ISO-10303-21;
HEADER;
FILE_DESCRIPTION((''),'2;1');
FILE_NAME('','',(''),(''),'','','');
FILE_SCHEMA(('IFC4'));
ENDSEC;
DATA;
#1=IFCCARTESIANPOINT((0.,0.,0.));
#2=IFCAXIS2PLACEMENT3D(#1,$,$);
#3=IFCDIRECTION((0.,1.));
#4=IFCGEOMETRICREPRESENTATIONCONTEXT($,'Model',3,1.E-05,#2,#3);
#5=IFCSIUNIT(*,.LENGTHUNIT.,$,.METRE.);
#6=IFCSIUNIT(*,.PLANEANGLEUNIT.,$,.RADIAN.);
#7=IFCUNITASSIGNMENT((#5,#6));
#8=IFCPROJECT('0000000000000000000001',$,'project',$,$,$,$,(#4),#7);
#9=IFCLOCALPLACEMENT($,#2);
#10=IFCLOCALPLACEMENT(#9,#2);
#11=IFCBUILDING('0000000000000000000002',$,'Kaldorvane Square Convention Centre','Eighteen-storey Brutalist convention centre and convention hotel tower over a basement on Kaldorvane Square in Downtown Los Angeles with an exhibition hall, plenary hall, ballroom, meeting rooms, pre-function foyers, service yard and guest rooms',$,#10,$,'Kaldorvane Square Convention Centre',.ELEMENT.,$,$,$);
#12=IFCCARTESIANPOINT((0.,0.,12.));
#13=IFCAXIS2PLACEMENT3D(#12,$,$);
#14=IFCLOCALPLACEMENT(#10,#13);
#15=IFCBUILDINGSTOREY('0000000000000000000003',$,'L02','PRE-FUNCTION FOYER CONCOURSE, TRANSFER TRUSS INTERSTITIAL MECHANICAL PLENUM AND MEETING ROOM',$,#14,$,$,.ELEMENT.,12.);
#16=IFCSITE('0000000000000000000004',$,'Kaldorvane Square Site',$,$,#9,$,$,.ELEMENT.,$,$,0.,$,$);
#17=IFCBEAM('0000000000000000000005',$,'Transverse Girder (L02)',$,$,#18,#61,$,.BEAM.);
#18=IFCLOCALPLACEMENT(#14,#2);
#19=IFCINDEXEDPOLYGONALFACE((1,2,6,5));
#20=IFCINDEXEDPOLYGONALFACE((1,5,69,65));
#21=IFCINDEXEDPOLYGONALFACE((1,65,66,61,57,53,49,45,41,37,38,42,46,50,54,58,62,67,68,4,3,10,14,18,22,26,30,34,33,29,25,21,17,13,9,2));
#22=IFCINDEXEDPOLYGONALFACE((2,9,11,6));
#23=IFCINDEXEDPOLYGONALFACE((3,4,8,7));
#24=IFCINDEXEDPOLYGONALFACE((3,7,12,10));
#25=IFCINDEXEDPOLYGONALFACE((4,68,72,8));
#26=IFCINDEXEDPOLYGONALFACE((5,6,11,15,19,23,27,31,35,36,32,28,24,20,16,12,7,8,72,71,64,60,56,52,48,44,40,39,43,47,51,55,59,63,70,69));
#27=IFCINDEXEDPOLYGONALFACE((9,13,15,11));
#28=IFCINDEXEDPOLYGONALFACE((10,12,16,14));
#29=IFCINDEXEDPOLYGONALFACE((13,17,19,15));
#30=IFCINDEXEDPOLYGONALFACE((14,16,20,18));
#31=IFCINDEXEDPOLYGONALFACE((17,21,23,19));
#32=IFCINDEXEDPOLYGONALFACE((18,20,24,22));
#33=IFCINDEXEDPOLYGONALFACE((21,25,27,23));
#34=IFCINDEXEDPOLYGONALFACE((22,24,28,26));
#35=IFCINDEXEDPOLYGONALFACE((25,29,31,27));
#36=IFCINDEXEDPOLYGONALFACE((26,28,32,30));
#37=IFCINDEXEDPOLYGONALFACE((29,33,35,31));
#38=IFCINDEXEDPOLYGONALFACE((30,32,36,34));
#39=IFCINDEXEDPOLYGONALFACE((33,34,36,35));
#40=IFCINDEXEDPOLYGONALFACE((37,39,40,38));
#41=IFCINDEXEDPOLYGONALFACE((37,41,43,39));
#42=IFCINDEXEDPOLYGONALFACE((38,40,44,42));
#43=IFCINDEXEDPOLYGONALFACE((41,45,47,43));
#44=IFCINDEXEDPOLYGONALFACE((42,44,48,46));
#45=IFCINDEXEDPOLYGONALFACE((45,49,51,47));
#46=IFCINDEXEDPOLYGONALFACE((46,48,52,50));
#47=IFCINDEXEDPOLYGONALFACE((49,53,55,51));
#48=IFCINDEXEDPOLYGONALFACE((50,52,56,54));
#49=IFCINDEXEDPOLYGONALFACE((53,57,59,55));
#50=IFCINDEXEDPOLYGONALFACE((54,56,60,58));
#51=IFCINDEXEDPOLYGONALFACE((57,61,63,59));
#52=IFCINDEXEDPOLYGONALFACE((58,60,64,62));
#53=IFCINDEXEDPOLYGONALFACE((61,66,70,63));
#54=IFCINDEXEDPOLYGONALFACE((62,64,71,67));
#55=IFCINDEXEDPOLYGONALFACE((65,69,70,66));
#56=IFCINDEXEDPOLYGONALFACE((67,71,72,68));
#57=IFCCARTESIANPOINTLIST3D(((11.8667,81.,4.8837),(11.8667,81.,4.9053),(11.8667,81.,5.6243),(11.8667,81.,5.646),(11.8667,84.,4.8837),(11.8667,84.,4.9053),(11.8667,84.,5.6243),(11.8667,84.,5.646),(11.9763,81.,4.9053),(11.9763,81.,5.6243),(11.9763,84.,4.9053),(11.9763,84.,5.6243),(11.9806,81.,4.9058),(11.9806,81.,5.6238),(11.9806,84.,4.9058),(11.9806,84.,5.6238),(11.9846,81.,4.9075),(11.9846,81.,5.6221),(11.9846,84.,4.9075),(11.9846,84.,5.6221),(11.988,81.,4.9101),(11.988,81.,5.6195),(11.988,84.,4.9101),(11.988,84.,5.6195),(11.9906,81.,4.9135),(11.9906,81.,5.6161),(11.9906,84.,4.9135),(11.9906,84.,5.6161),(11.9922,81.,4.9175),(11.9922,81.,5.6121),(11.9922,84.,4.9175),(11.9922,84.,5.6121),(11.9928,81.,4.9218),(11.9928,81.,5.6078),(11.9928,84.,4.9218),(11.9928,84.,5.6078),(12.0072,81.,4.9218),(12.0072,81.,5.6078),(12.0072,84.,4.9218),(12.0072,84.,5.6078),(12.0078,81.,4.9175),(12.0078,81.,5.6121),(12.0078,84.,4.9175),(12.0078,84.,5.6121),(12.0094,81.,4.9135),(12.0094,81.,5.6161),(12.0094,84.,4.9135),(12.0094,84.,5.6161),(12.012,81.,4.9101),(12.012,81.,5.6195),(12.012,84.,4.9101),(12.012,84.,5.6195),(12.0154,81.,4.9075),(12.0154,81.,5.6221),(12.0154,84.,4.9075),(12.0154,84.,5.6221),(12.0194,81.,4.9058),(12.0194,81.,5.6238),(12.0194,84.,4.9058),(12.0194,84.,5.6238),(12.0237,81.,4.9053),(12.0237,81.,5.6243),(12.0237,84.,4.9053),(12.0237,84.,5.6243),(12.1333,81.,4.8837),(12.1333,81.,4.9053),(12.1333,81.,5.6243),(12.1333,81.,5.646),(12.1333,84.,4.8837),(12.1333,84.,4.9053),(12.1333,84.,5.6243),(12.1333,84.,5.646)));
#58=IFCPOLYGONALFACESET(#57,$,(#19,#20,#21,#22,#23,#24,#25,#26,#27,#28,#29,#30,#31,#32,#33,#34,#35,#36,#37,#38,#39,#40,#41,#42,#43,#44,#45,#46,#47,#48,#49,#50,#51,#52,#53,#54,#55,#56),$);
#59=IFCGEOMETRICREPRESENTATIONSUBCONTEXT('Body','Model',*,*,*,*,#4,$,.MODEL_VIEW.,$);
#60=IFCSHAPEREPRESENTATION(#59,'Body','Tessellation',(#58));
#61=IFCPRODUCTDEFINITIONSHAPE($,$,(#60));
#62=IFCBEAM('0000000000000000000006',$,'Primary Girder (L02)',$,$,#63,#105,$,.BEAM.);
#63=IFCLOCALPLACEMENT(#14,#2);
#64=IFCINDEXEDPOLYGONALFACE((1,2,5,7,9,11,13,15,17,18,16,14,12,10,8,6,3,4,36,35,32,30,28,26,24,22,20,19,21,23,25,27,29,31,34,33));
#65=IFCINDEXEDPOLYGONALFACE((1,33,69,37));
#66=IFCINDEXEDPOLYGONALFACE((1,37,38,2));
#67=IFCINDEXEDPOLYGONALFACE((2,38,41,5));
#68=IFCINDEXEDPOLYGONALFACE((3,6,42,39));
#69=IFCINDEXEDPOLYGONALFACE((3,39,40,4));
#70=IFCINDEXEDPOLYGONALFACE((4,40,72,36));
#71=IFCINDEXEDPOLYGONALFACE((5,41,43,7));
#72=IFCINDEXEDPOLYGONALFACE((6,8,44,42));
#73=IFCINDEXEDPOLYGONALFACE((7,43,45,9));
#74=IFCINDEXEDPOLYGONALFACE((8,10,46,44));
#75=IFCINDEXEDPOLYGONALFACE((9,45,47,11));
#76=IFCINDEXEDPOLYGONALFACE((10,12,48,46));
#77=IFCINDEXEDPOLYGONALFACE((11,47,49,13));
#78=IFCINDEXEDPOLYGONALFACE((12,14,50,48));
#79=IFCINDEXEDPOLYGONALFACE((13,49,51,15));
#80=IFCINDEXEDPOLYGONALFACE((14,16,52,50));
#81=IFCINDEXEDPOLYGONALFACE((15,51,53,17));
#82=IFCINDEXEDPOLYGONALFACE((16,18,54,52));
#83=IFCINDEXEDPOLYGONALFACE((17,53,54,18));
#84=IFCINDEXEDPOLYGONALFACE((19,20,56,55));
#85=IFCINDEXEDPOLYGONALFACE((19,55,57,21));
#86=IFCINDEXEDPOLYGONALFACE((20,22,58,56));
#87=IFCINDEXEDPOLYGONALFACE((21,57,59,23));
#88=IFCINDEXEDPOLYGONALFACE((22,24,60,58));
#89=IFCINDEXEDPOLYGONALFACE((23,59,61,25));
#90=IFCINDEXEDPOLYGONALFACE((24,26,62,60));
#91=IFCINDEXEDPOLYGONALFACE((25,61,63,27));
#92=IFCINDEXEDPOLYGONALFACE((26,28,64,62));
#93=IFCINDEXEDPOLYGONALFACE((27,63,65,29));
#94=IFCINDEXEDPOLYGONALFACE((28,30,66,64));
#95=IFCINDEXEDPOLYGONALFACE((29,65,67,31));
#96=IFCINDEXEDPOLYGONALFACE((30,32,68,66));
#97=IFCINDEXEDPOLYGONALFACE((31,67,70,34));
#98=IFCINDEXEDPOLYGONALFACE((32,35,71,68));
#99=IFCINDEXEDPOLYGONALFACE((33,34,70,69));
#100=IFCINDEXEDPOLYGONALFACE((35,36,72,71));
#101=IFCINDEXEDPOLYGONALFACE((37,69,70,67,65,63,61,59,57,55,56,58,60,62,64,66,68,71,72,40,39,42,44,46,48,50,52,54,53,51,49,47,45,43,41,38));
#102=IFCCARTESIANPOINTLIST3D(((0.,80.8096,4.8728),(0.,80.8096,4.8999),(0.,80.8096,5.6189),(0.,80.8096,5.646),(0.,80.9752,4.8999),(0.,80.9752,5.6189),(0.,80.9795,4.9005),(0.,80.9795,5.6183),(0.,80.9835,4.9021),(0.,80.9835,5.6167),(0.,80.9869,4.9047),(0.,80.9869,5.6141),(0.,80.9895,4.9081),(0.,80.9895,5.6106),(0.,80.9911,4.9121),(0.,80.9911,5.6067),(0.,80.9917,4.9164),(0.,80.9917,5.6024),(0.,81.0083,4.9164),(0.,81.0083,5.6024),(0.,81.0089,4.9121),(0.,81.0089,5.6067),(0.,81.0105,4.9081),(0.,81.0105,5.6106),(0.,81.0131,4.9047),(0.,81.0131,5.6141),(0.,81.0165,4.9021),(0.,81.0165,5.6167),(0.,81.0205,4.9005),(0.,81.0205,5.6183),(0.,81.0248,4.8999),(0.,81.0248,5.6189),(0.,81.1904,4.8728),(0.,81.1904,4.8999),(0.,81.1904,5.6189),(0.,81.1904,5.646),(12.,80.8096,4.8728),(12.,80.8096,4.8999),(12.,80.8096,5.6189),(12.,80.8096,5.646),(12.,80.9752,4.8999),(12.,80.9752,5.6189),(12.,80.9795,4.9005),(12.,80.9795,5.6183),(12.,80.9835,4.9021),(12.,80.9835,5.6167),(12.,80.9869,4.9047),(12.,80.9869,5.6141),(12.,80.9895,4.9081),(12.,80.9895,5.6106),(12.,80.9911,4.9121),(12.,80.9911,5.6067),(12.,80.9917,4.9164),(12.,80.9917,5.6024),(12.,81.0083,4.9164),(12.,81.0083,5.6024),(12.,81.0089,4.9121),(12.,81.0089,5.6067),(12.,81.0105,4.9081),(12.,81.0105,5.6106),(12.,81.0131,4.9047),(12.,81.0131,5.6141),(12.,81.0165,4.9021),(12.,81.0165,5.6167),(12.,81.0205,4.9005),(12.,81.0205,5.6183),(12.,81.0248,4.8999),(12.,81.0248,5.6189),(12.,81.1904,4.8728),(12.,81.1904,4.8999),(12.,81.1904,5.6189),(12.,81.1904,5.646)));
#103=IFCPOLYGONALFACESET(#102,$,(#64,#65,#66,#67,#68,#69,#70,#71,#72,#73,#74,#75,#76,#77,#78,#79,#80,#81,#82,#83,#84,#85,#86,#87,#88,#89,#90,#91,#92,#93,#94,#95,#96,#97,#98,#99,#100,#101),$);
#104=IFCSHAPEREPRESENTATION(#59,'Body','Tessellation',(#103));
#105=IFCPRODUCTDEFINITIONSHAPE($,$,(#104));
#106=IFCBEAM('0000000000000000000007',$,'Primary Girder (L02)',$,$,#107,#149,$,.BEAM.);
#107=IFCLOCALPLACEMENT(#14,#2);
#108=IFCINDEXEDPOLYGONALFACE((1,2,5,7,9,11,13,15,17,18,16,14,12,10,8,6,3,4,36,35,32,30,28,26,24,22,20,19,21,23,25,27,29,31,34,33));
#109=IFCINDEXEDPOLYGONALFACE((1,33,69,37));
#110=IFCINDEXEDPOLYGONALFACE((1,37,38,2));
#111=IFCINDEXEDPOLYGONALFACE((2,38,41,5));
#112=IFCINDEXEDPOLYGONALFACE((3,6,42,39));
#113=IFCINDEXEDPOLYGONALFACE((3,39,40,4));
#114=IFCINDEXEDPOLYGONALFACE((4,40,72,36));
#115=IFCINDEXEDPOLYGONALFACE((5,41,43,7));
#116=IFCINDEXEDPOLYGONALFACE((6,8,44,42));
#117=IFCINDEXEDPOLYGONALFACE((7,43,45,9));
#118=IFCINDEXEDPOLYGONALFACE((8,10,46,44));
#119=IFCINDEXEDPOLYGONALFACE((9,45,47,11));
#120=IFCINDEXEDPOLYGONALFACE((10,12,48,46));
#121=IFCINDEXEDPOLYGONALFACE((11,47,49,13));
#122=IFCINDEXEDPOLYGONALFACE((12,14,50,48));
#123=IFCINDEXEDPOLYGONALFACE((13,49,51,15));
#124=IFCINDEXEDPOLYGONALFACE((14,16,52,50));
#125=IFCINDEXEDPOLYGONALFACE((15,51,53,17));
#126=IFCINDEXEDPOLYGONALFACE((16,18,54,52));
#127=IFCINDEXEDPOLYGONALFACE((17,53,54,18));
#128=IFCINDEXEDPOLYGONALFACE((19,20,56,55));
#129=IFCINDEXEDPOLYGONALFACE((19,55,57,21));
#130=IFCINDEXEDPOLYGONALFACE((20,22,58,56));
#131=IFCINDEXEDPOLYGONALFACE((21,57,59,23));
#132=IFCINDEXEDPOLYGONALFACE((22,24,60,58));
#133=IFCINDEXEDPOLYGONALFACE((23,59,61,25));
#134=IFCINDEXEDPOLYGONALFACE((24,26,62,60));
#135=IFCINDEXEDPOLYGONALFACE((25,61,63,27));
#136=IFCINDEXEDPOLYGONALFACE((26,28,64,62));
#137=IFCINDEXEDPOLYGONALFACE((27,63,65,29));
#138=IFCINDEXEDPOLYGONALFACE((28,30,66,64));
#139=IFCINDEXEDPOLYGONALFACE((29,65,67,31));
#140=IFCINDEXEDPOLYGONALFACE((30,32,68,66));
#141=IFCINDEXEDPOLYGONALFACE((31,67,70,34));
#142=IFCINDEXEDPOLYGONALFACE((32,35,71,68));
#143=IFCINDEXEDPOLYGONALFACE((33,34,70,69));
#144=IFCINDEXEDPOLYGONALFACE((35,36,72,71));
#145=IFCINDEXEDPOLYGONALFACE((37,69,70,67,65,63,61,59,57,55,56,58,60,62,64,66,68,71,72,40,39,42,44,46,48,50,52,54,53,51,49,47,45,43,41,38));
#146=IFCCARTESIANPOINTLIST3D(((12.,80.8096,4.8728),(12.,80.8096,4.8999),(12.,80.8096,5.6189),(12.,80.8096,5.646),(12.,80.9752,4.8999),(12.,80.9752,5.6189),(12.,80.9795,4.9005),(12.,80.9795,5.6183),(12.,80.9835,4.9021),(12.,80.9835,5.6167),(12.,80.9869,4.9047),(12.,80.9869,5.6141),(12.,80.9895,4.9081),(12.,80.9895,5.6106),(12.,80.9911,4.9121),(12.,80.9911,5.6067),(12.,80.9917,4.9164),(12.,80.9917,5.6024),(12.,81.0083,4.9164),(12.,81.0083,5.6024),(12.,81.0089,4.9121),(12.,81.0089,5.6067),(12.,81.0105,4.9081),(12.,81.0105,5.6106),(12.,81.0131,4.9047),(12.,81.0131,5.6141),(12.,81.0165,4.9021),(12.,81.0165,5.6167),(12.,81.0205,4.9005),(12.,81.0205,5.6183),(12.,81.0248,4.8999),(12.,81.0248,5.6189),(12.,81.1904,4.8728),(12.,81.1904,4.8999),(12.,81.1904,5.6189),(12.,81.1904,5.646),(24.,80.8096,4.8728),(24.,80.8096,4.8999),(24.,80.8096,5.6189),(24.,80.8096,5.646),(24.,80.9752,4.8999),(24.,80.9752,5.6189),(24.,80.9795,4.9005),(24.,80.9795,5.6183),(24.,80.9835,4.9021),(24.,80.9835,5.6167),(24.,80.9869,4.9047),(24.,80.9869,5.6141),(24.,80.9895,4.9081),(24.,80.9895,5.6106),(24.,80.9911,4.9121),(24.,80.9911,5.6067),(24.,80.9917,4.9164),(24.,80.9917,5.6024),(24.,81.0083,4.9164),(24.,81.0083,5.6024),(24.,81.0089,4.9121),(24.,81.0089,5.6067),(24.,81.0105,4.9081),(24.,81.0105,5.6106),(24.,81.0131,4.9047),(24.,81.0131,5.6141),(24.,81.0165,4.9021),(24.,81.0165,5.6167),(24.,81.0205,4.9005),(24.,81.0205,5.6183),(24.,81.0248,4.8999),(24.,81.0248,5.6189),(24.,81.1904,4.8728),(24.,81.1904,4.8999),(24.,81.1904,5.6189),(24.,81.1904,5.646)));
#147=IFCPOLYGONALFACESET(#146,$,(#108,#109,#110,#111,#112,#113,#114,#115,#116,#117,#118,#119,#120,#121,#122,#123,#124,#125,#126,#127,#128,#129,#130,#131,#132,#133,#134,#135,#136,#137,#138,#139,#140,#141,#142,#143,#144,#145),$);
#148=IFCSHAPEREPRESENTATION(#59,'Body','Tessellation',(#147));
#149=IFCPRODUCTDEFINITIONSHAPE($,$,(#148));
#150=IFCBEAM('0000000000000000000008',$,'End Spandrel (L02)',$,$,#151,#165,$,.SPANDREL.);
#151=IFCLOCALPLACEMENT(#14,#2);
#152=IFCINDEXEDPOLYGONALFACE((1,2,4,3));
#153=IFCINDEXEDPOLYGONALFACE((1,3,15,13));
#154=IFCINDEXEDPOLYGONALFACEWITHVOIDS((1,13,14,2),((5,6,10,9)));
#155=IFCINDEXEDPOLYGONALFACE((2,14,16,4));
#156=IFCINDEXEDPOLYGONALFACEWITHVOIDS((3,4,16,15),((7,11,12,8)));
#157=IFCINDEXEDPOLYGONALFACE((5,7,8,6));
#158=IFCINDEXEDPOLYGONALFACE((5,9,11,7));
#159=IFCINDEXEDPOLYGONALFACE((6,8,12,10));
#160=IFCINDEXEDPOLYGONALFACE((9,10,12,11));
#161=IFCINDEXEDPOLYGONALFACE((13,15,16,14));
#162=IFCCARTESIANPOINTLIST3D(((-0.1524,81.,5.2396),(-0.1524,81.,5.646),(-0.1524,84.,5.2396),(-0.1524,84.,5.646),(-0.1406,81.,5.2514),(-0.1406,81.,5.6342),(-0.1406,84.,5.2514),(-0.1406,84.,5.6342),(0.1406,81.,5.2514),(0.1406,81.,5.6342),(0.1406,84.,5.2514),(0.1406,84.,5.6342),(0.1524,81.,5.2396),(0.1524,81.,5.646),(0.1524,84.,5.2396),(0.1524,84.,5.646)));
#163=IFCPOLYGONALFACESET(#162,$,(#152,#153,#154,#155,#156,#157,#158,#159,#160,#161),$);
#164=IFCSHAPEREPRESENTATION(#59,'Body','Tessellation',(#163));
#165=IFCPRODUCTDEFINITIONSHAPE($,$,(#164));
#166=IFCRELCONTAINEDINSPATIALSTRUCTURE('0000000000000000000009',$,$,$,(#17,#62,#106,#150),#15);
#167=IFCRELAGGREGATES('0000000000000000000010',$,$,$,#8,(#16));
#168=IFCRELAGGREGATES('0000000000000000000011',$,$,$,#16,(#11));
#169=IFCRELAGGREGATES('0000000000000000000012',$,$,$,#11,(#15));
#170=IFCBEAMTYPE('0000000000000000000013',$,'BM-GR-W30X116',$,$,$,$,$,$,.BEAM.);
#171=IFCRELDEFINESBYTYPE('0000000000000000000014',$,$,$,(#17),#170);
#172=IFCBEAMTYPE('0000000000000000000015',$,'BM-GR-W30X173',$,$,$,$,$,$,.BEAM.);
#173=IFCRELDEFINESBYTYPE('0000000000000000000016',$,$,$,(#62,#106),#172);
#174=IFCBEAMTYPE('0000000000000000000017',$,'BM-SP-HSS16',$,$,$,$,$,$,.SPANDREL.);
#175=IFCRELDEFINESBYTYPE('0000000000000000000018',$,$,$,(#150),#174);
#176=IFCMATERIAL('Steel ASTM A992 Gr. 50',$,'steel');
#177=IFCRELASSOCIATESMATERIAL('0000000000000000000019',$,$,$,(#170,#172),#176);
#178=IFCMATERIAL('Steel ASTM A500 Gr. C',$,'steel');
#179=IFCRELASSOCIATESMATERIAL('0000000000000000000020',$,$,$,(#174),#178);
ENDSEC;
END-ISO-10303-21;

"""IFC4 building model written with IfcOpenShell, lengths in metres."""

from ifc_helpers import new_model, si_unit, direction, frame, origin, origin_2d, place, context, subcontext, project, spatial, hollow_rectangle, i_section, extrude, material, material_profile, profile_set, type_object, element, save


model = new_model("IFC4")

# Units and contexts
model_context = context("Model", 3, precision=1e-05, world=origin(), true_north=direction((0.0, 1.0)))
body_context = subcontext(model_context, "Body", "Model", "MODEL_VIEW")
ifc_project = project(units=[si_unit("LENGTHUNIT", "METRE"), si_unit("PLANEANGLEUNIT", "RADIAN")], contexts=[model_context])

# Site, building, storey
site_placement = place(None, origin())
site = spatial("IfcSite", under=ifc_project, at=site_placement, Name="Kaldorvane Square Site", CompositionType="ELEMENT", RefElevation=0.0)
building_placement = place(site_placement, origin())
building = spatial("IfcBuilding", under=site, at=building_placement, Name="Kaldorvane Square Convention Centre", Description="Eighteen-storey Brutalist convention centre and convention hotel tower over a basement on Kaldorvane Square in Downtown Los Angeles with an exhibition hall, plenary hall, ballroom, meeting rooms, pre-function foyers, service yard and guest rooms", LongName="Kaldorvane Square Convention Centre", CompositionType="ELEMENT")
storey_placement = place(building_placement, frame((0.0, 0.0, 12.0)))
storey = spatial("IfcBuildingStorey", under=building, at=storey_placement, Name="L02", Description="PRE-FUNCTION FOYER CONCOURSE, TRANSFER TRUSS INTERSTITIAL MECHANICAL PLENUM AND MEETING ROOM", CompositionType="ELEMENT", Elevation=12.0)

# Shared definitions
ifc_material_1 = material(Name="Steel ASTM A992 Gr. 50", Category="steel")

# Beams
ifc_material_profile_1 = material_profile(ifc_material_1, i_section(OverallWidth=0.2666, OverallDepth=0.7623, WebThickness=0.0144, FlangeThickness=0.0216, FilletRadius=0.0165, at=origin_2d()), Name="W30X116")
ifc_profile_set_1 = profile_set([ifc_material_profile_1], Name="Steel ASTM A992 Gr. 50")
beam_type_1 = type_object("IfcBeamType", Name="BM-GR-W30X116", PredefinedType="BEAM", material=ifc_profile_set_1)
beam_1_placement = place(storey_placement, frame((12.0, 81.0, 5.2648), z_axis=(0.0, 1.0, 0.0), x_axis=(-1.0, 0.0, 0.0)))
element("IfcBeam", 1, at=beam_1_placement, inside=storey, type_object=beam_type_1, Name="Transverse Girder (L02)", PredefinedType="BEAM", context=body_context, shape_type="SweptSolid", body=[
    extrude(i_section(OverallWidth=0.2666, OverallDepth=0.7623, WebThickness=0.0144, FlangeThickness=0.0216, FilletRadius=0.0165, at=origin_2d()), origin(), (0.0, 0.0, 1.0), 3.0),
])
ifc_material_profile_2 = material_profile(ifc_material_1, i_section(OverallWidth=0.3807, OverallDepth=0.7732, WebThickness=0.0166, FlangeThickness=0.0271, FilletRadius=0.0165, at=origin_2d()), Name="W30X173")
ifc_profile_set_2 = profile_set([ifc_material_profile_2], Name="Steel ASTM A992 Gr. 50")
beam_type_2 = type_object("IfcBeamType", Name="BM-GR-W30X173", PredefinedType="BEAM", material=ifc_profile_set_2)
for number, where, z_axis, x_axis, name in (
    (2, (0.0, 81.0, 5.2594), (1.0, 0.0, 0.0), (0.0, 1.0, 0.0), "Primary Girder (L02)"),
    (3, (12.0, 81.0, 5.2594), (1.0, 0.0, 0.0), (0.0, 1.0, 0.0), "Primary Girder (L02)"),
):
    element("IfcBeam", number, at=place(storey_placement, frame(where, z_axis=z_axis, x_axis=x_axis)), inside=storey, type_object=beam_type_2, Name=name, PredefinedType="BEAM", context=body_context, shape_type="SweptSolid", body=[
        extrude(i_section(OverallWidth=0.3807, OverallDepth=0.7732, WebThickness=0.0166, FlangeThickness=0.0271, FilletRadius=0.0165, at=origin_2d()), origin(), (0.0, 0.0, 1.0), 12.0),
    ])
ifc_material_2 = material(Name="Steel ASTM A500 Gr. C", Category="steel")
ifc_material_profile_3 = material_profile(ifc_material_2, hollow_rectangle(XDim=0.3048, YDim=0.4064, WallThickness=0.0118, at=origin_2d()), Name="HSS16X12X1/2")
ifc_profile_set_3 = profile_set([ifc_material_profile_3], Name="Steel ASTM A500 Gr. C")
beam_type_3 = type_object("IfcBeamType", Name="BM-SP-HSS16", PredefinedType="SPANDREL", material=ifc_profile_set_3)
beam_2_placement = place(storey_placement, frame((0.0, 81.0, 5.4428), z_axis=(0.0, 1.0, 0.0), x_axis=(-1.0, 0.0, 0.0)))
element("IfcBeam", 4, at=beam_2_placement, inside=storey, type_object=beam_type_3, Name="End Spandrel (L02)", PredefinedType="SPANDREL", context=body_context, shape_type="SweptSolid", body=[
    extrude(hollow_rectangle(XDim=0.3048, YDim=0.4064, WallThickness=0.0118, at=origin_2d()), origin(), (0.0, 0.0, 1.0), 3.0),
])

save(model, "model.ifc")
